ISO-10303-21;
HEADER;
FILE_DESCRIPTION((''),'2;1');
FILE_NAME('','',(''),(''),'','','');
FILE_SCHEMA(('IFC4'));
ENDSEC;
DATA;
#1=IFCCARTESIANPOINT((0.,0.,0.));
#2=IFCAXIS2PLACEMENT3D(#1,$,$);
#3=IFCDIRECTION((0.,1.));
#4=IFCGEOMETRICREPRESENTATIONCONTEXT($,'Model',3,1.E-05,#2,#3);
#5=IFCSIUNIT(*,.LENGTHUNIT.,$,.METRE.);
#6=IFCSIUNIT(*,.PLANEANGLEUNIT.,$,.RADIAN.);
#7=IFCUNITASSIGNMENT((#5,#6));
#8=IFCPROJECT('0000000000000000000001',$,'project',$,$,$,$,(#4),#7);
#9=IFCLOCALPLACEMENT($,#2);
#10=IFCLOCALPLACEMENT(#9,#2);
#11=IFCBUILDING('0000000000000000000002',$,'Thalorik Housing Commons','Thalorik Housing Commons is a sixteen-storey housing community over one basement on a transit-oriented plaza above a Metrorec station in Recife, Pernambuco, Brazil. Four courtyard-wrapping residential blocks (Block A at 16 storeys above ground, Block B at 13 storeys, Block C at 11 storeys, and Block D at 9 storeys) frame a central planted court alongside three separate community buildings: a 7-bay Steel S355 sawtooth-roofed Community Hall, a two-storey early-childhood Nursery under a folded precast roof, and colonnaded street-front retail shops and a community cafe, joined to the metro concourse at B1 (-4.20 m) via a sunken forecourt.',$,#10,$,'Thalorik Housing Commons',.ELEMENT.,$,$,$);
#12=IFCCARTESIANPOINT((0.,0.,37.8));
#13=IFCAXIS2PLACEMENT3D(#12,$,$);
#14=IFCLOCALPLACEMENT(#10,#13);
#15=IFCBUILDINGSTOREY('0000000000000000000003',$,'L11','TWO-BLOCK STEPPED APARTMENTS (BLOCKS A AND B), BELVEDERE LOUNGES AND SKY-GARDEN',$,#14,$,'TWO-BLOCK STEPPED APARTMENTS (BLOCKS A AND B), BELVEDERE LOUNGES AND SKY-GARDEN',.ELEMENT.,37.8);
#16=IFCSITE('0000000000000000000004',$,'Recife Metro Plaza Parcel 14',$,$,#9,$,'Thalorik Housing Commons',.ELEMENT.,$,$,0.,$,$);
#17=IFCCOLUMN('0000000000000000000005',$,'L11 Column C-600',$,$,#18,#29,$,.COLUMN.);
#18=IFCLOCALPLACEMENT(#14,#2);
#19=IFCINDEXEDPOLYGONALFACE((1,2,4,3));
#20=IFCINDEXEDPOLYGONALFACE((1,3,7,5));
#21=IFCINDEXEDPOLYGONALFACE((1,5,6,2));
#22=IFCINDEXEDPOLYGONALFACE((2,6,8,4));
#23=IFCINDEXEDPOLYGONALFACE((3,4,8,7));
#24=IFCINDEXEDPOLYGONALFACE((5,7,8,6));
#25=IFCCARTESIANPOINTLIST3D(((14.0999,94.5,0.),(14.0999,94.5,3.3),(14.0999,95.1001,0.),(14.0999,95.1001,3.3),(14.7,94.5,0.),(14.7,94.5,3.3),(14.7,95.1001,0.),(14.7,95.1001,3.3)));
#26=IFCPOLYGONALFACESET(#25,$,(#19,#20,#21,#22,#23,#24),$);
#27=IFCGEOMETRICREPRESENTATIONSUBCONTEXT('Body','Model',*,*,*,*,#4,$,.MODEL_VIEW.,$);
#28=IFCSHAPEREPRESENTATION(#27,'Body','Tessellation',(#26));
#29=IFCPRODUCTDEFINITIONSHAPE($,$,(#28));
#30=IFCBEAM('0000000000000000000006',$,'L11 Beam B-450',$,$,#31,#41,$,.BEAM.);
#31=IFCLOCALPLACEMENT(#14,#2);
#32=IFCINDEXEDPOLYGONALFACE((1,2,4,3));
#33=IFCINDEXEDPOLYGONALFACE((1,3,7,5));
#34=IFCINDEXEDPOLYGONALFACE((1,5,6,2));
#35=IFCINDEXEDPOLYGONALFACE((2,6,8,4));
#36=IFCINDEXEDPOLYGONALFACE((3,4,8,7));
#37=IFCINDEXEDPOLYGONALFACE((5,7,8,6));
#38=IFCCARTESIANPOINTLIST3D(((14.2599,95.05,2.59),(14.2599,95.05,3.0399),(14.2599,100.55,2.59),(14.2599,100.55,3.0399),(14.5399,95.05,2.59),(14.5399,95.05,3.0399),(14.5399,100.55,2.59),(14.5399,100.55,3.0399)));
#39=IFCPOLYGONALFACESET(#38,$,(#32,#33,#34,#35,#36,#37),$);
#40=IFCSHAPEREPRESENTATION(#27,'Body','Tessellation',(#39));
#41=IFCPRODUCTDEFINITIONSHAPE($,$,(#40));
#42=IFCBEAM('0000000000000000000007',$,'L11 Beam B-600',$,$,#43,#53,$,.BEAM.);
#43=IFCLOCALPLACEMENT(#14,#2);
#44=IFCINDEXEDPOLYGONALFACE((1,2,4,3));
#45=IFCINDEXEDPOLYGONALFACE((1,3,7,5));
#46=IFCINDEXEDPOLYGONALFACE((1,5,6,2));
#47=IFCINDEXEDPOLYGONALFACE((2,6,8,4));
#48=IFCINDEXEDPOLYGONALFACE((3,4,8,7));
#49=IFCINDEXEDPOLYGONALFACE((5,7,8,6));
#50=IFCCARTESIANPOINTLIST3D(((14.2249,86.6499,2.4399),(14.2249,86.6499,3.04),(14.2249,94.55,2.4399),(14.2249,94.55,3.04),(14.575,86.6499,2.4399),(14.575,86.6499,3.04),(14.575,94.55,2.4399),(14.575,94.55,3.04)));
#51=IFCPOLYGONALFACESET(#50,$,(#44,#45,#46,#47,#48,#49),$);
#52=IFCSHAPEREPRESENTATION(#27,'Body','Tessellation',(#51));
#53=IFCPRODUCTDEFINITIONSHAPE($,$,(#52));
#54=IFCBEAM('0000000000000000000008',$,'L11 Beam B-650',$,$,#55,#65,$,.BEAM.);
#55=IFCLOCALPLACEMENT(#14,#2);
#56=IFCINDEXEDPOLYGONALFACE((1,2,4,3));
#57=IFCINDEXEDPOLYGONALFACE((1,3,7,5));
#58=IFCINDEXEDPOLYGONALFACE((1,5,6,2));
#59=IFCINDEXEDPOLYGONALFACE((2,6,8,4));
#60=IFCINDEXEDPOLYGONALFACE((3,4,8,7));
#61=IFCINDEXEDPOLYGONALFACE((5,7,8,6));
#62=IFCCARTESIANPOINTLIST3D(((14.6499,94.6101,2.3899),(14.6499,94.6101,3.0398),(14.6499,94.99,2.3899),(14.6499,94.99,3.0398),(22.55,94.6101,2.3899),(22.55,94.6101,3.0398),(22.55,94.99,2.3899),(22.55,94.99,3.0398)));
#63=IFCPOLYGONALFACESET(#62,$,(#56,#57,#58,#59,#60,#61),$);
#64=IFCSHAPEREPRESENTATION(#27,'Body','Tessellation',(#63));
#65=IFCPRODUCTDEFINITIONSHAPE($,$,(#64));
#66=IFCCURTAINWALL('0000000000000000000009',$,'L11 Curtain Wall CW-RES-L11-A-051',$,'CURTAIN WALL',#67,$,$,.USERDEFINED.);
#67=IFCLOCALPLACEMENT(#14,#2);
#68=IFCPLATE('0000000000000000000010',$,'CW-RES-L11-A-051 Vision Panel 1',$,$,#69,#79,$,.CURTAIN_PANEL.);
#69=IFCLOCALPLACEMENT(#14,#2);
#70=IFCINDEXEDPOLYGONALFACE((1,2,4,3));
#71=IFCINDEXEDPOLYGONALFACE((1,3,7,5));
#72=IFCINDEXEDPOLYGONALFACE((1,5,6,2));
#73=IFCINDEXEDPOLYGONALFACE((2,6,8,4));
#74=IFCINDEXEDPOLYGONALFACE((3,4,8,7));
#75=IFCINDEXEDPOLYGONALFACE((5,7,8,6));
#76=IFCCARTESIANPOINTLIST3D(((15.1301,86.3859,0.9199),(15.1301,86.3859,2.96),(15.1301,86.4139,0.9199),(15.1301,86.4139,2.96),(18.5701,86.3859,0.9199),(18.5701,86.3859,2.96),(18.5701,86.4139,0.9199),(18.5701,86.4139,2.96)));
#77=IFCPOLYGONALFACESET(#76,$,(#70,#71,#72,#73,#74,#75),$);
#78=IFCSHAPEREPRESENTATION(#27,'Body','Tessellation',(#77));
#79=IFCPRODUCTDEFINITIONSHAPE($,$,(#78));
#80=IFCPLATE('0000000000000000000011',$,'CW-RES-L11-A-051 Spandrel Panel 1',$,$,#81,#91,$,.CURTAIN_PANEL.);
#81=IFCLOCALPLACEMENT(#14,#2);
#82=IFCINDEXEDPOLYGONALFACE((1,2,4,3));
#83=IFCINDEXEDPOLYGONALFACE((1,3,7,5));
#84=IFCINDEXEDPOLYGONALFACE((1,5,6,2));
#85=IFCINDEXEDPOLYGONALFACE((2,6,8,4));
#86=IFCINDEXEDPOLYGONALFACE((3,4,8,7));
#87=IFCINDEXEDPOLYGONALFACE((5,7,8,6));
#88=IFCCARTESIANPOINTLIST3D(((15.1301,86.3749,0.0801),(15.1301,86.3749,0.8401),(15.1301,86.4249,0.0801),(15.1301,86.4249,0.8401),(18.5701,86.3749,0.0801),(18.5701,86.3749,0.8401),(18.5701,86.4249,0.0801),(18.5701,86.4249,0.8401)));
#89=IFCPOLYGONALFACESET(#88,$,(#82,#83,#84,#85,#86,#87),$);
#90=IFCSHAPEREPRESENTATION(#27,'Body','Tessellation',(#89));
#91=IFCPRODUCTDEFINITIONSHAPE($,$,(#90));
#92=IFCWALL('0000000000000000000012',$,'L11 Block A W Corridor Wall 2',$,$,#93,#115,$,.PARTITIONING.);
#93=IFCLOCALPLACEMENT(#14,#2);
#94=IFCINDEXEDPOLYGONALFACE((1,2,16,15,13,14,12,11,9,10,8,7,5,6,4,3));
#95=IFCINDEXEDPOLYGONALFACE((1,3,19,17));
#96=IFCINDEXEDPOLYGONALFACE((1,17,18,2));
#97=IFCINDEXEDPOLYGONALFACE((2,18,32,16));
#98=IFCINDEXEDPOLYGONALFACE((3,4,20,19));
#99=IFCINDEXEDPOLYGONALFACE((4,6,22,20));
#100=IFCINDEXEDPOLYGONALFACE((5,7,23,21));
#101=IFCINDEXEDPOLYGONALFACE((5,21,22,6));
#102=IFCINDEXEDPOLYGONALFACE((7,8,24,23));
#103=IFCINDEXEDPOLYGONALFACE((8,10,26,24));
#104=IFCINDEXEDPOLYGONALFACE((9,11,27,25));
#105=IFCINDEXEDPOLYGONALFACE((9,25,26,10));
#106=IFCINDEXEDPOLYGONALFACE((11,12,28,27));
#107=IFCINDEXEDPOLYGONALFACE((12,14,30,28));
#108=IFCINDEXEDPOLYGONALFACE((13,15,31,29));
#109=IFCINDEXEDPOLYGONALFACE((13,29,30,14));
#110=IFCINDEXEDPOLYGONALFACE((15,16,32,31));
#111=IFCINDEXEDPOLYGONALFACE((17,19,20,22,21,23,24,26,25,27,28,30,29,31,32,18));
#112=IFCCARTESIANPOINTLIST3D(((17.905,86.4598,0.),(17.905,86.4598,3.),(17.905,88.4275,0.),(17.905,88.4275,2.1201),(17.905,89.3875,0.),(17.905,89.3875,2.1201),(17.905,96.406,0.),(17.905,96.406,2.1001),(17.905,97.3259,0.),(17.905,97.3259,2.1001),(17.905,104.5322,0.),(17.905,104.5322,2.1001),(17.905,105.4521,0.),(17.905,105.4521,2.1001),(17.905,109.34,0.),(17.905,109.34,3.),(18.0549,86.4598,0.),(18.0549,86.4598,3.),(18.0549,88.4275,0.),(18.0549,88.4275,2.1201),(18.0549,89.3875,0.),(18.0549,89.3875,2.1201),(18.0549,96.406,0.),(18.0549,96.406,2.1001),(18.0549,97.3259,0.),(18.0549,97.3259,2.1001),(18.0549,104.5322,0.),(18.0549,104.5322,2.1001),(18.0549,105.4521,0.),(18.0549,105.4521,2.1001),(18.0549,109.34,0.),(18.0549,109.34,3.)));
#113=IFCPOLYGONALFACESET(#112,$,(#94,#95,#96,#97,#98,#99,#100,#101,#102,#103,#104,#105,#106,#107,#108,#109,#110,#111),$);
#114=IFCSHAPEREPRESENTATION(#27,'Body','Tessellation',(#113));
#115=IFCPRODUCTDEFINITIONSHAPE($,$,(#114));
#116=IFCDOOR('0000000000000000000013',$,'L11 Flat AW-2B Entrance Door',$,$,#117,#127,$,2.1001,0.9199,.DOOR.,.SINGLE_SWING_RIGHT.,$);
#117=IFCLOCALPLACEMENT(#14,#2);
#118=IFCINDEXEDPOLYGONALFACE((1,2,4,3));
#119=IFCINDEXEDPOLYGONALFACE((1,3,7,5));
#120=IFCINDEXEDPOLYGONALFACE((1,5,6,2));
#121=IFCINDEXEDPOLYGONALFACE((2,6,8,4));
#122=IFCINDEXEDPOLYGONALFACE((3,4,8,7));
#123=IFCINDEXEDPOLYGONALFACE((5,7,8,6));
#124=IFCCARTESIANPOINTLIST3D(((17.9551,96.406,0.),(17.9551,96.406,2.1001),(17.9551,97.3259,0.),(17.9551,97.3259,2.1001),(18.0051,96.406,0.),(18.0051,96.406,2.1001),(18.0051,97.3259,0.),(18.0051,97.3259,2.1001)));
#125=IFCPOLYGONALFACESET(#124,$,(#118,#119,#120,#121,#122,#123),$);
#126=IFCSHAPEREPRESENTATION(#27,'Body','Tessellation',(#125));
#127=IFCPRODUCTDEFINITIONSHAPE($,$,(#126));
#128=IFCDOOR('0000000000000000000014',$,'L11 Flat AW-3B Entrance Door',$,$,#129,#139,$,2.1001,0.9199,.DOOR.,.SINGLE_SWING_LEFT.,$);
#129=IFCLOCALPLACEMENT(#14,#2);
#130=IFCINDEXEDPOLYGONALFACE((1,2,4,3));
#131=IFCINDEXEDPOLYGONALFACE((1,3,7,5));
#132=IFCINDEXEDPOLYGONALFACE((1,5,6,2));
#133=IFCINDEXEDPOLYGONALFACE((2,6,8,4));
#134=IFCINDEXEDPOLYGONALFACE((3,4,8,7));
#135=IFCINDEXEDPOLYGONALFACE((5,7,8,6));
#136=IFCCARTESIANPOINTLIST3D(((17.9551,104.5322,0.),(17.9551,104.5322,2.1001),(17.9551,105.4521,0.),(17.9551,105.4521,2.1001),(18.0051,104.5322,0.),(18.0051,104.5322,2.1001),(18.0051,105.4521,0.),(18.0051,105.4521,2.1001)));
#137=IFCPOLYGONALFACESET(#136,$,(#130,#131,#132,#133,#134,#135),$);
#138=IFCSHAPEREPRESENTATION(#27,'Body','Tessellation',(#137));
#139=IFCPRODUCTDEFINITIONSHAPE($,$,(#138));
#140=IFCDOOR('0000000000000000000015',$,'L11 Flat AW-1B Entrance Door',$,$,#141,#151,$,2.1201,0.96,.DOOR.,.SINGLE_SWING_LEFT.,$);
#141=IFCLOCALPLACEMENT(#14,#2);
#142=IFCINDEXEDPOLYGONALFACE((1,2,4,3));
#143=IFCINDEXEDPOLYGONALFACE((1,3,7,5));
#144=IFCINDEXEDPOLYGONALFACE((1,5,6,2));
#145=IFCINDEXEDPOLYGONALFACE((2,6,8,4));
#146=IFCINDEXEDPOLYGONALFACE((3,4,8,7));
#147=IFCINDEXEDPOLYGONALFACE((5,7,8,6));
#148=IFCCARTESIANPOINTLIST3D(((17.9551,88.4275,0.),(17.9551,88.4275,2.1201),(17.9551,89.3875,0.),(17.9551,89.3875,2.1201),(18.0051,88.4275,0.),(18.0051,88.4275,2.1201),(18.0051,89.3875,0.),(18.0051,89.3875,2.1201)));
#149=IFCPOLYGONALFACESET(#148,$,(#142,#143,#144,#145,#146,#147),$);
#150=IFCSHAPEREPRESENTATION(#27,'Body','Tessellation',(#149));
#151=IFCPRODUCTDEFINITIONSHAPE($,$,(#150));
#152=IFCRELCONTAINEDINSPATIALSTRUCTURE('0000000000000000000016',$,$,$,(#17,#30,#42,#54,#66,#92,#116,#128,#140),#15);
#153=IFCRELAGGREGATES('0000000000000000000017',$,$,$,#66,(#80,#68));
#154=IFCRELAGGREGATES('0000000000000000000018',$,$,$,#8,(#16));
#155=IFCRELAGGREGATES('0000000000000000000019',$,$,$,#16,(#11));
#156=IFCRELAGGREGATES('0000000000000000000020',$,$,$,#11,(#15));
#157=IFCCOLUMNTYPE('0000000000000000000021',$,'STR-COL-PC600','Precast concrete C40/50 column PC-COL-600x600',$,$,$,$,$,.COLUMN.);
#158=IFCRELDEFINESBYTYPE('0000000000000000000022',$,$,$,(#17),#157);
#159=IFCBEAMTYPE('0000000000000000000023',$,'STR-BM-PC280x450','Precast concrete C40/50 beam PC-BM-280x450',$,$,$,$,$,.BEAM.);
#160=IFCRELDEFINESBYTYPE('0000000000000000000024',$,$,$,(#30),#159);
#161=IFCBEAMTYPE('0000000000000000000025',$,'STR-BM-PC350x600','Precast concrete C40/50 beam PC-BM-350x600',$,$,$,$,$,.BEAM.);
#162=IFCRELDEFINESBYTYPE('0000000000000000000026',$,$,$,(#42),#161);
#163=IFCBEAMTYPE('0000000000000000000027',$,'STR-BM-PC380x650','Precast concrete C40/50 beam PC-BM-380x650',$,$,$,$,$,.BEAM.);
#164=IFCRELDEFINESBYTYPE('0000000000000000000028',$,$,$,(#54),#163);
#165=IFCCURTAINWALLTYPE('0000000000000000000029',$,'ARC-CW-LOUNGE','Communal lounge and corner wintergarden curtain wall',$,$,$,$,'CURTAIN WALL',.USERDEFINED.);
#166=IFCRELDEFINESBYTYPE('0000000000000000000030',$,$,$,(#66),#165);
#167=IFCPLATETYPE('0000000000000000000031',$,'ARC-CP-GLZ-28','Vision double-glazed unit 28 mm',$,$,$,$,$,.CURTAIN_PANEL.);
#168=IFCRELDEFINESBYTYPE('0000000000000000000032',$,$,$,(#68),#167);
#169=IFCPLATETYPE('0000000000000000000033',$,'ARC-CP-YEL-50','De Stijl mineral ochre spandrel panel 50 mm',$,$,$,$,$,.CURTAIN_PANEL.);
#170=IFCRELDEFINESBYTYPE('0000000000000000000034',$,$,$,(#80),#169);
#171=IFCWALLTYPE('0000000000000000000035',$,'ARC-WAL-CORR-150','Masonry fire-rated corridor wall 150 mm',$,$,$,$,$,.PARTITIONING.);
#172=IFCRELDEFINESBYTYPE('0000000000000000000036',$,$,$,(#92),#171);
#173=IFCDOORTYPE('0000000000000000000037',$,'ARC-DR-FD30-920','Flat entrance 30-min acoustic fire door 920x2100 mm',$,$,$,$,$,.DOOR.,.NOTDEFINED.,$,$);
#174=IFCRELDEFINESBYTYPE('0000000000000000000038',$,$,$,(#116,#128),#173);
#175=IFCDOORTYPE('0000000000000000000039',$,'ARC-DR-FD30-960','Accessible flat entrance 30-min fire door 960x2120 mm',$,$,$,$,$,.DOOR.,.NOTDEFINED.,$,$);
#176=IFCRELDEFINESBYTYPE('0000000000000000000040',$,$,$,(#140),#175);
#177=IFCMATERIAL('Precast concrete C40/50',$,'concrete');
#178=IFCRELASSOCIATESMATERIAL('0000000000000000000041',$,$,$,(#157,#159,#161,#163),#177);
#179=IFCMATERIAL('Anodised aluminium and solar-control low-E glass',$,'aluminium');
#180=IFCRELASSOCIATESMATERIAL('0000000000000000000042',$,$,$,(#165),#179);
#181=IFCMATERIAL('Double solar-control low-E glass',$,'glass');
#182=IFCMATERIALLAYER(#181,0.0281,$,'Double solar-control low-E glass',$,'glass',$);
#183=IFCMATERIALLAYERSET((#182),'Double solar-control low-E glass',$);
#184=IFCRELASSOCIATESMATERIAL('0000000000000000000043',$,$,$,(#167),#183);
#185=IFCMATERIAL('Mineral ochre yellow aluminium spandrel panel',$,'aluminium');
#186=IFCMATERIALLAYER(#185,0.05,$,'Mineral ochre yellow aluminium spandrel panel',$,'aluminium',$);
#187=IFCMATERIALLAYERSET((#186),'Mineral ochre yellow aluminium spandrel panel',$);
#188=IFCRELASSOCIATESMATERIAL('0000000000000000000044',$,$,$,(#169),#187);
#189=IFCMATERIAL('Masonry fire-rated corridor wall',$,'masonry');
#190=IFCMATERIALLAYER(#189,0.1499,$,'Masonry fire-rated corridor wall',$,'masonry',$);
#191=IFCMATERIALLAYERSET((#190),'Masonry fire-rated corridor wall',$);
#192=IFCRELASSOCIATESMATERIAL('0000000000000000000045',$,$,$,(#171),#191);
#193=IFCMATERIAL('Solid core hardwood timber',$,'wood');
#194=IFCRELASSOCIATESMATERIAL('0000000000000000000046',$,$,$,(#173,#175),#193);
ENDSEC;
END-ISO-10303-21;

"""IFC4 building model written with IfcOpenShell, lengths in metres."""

from ifc_helpers import new_model, si_unit, direction, frame, frame_2d, origin, origin_2d, place, context, subcontext, project, spatial, rectangle, extrude, material, layer, layer_set, material_profile, profile_set, type_object, element, fill, aggregate, save


model = new_model("IFC4")

# Units and contexts
model_context = context("Model", 3, precision=1e-05, world=origin(), true_north=direction((0.0, 1.0)))
body_context = subcontext(model_context, "Body", "Model", "MODEL_VIEW")
ifc_project = project(units=[si_unit("LENGTHUNIT", "METRE"), si_unit("PLANEANGLEUNIT", "RADIAN")], contexts=[model_context])

# Site, building, storey
site_placement = place(None, origin())
site = spatial("IfcSite", under=ifc_project, at=site_placement, Name="Recife Metro Plaza Parcel 14", LongName="Thalorik Housing Commons", CompositionType="ELEMENT", RefElevation=0.0)
building_placement = place(site_placement, origin())
building = spatial("IfcBuilding", under=site, at=building_placement, Name="Thalorik Housing Commons", Description="Thalorik Housing Commons is a sixteen-storey housing community over one basement on a transit-oriented plaza above a Metrorec station in Recife, Pernambuco, Brazil. Four courtyard-wrapping residential blocks (Block A at 16 storeys above ground, Block B at 13 storeys, Block C at 11 storeys, and Block D at 9 storeys) frame a central planted court alongside three separate community buildings: a 7-bay Steel S355 sawtooth-roofed Community Hall, a two-storey early-childhood Nursery under a folded precast roof, and colonnaded street-front retail shops and a community cafe, joined to the metro concourse at B1 (-4.20 m) via a sunken forecourt.", LongName="Thalorik Housing Commons", CompositionType="ELEMENT")
storey_placement = place(building_placement, frame((0.0, 0.0, 37.8)))
storey = spatial("IfcBuildingStorey", under=building, at=storey_placement, Name="L11", Description="TWO-BLOCK STEPPED APARTMENTS (BLOCKS A AND B), BELVEDERE LOUNGES AND SKY-GARDEN", LongName="TWO-BLOCK STEPPED APARTMENTS (BLOCKS A AND B), BELVEDERE LOUNGES AND SKY-GARDEN", CompositionType="ELEMENT", Elevation=37.8)

# Column
ifc_material_1 = material(Name="Precast concrete C40/50", Category="concrete")
ifc_material_profile_1 = material_profile(ifc_material_1, rectangle(XDim=0.6001, YDim=0.6001, at=origin_2d()), Name="PC 600x600", Category="concrete")
ifc_profile_set_1 = profile_set([ifc_material_profile_1], Name="Precast concrete C40/50")
column_type = type_object("IfcColumnType", Name="STR-COL-PC600", Description="Precast concrete C40/50 column PC-COL-600x600", PredefinedType="COLUMN", material=ifc_profile_set_1)
column_placement = place(storey_placement, frame((14.3999, 94.8, 0.0), z_axis=(0.0, 0.0, 1.0), x_axis=(1.0, 0.0, 0.0)))
element("IfcColumn", 1, at=column_placement, inside=storey, type_object=column_type, Name="L11 Column C-600", PredefinedType="COLUMN", context=body_context, shape_type="SweptSolid", body=[
    extrude(rectangle(XDim=0.6001, YDim=0.6001, at=origin_2d()), origin(), (0.0, 0.0, 1.0), 3.3),
])

# Beams
ifc_material_profile_2 = material_profile(ifc_material_1, rectangle(XDim=0.28, YDim=0.45, at=origin_2d()), Name="PC 280x450", Category="concrete")
ifc_profile_set_2 = profile_set([ifc_material_profile_2], Name="Precast concrete C40/50")
beam_type_1 = type_object("IfcBeamType", Name="STR-BM-PC280x450", Description="Precast concrete C40/50 beam PC-BM-280x450", PredefinedType="BEAM", material=ifc_profile_set_2)
beam_1_placement = place(storey_placement, frame((14.3999, 95.05, 2.8149), z_axis=(0.0, 1.0, 0.0), x_axis=(-1.0, 0.0, 0.0)))
element("IfcBeam", 2, at=beam_1_placement, inside=storey, type_object=beam_type_1, Name="L11 Beam B-450", PredefinedType="BEAM", context=body_context, shape_type="SweptSolid", body=[
    extrude(rectangle(XDim=0.28, YDim=0.45, at=origin_2d()), origin(), (0.0, 0.0, 1.0), 5.5),
])
ifc_material_profile_3 = material_profile(ifc_material_1, rectangle(XDim=0.3501, YDim=0.6001, at=origin_2d()), Name="PC 350x600", Category="concrete")
ifc_profile_set_3 = profile_set([ifc_material_profile_3], Name="Precast concrete C40/50")
beam_type_2 = type_object("IfcBeamType", Name="STR-BM-PC350x600", Description="Precast concrete C40/50 beam PC-BM-350x600", PredefinedType="BEAM", material=ifc_profile_set_3)
beam_2_placement = place(storey_placement, frame((14.3999, 86.6499, 2.74), z_axis=(0.0, 1.0, 0.0), x_axis=(-1.0, 0.0, 0.0)))
element("IfcBeam", 3, at=beam_2_placement, inside=storey, type_object=beam_type_2, Name="L11 Beam B-600", PredefinedType="BEAM", context=body_context, shape_type="SweptSolid", body=[
    extrude(rectangle(XDim=0.3501, YDim=0.6001, at=origin_2d()), origin(), (0.0, 0.0, 1.0), 7.9001),
])
ifc_material_profile_4 = material_profile(ifc_material_1, rectangle(XDim=0.3799, YDim=0.6499, at=origin_2d()), Name="PC 380x650", Category="concrete")
ifc_profile_set_4 = profile_set([ifc_material_profile_4], Name="Precast concrete C40/50")
beam_type_3 = type_object("IfcBeamType", Name="STR-BM-PC380x650", Description="Precast concrete C40/50 beam PC-BM-380x650", PredefinedType="BEAM", material=ifc_profile_set_4)
beam_3_placement = place(storey_placement, frame((14.6499, 94.8, 2.7148), z_axis=(1.0, 0.0, 0.0), x_axis=(0.0, 1.0, 0.0)))
element("IfcBeam", 4, at=beam_3_placement, inside=storey, type_object=beam_type_3, Name="L11 Beam B-650", PredefinedType="BEAM", context=body_context, shape_type="SweptSolid", body=[
    extrude(rectangle(XDim=0.3799, YDim=0.6499, at=origin_2d()), origin(), (0.0, 0.0, 1.0), 7.9001),
])

# Curtain wall, plates
ifc_material_2 = material(Name="Anodised aluminium and solar-control low-E glass", Category="aluminium")
curtain_wall_type = type_object("IfcCurtainWallType", Name="ARC-CW-LOUNGE", Description="Communal lounge and corner wintergarden curtain wall", ElementType="CURTAIN WALL", PredefinedType="USERDEFINED", material=ifc_material_2)
curtain_wall_placement = place(storey_placement, origin())
curtain_wall = element("IfcCurtainWall", 5, at=curtain_wall_placement, inside=storey, type_object=curtain_wall_type, Name="L11 Curtain Wall CW-RES-L11-A-051", ObjectType="CURTAIN WALL", PredefinedType="USERDEFINED")
ifc_material_3 = material(Name="Double solar-control low-E glass", Category="glass")
ifc_layer_1 = layer(ifc_material_3, 0.0281, Name="Double solar-control low-E glass", Category="glass")
ifc_layer_set_1 = layer_set([ifc_layer_1], Name="Double solar-control low-E glass")
plate_type_1 = type_object("IfcPlateType", Name="ARC-CP-GLZ-28", Description="Vision double-glazed unit 28 mm", PredefinedType="CURTAIN_PANEL", material=ifc_layer_set_1)
plate_1_placement = place(storey_placement, frame((16.8501, 86.3999, 0.9199), z_axis=(0.0, 0.0, 1.0), x_axis=(1.0, 0.0, 0.0)))
plate_1 = element("IfcPlate", 6, at=plate_1_placement, type_object=plate_type_1, Name="CW-RES-L11-A-051 Vision Panel 1", PredefinedType="CURTAIN_PANEL", context=body_context, shape_type="SweptSolid", body=[
    extrude(rectangle(XDim=3.4399, YDim=0.0281, at=origin_2d()), origin(), (0.0, 0.0, 1.0), 2.04),
])
ifc_material_4 = material(Name="Mineral ochre yellow aluminium spandrel panel", Category="aluminium")
ifc_layer_2 = layer(ifc_material_4, 0.05, Name="Mineral ochre yellow aluminium spandrel panel", Category="aluminium")
ifc_layer_set_2 = layer_set([ifc_layer_2], Name="Mineral ochre yellow aluminium spandrel panel")
plate_type_2 = type_object("IfcPlateType", Name="ARC-CP-YEL-50", Description="De Stijl mineral ochre spandrel panel 50 mm", PredefinedType="CURTAIN_PANEL", material=ifc_layer_set_2)
plate_2_placement = place(storey_placement, frame((16.8501, 86.3999, 0.0801), z_axis=(0.0, 0.0, 1.0), x_axis=(1.0, 0.0, 0.0)))
plate_2 = element("IfcPlate", 7, at=plate_2_placement, type_object=plate_type_2, Name="CW-RES-L11-A-051 Spandrel Panel 1", PredefinedType="CURTAIN_PANEL", context=body_context, shape_type="SweptSolid", body=[
    extrude(rectangle(XDim=3.4399, YDim=0.05, at=origin_2d()), origin(), (0.0, 0.0, 1.0), 0.76),
])
aggregate(curtain_wall, [plate_2, plate_1])

# Wall, openings, doors
ifc_material_5 = material(Name="Masonry fire-rated corridor wall", Category="masonry")
ifc_layer_3 = layer(ifc_material_5, 0.1499, Name="Masonry fire-rated corridor wall", Category="masonry")
ifc_layer_set_3 = layer_set([ifc_layer_3], Name="Masonry fire-rated corridor wall")
wall_type_1 = type_object("IfcWallType", Name="ARC-WAL-CORR-150", Description="Masonry fire-rated corridor wall 150 mm", PredefinedType="PARTITIONING", material=ifc_layer_set_3)
wall_1_placement = place(storey_placement, frame((17.98, 86.46, 0.0), z_axis=(0.0, 0.0, 1.0), x_axis=(0.0, 1.0, 0.0)))
wall_1 = element("IfcWall", 8, at=wall_1_placement, inside=storey, type_object=wall_type_1, Name="L11 Block A W Corridor Wall 2", PredefinedType="PARTITIONING", context=body_context, shape_type="SweptSolid", body=[
    extrude(rectangle(XDim=22.8801, YDim=0.1499, at=frame_2d((11.4399, 0.0))), origin(), (0.0, 0.0, 1.0), 3.0),
])
opening_1_placement = place(wall_1_placement, frame((1.9675, 0.0, 0.0)))
opening_1 = element("IfcOpeningElement", 9, at=opening_1_placement, cuts=wall_1, PredefinedType="OPENING", context=body_context, shape_type="SweptSolid", body=[
    extrude(rectangle(XDim=0.96, YDim=2.1201, at=frame_2d((0.48, 1.0601))), frame((0.0, 0.085, 0.0), z_axis=(0.0, -1.0, 0.0), x_axis=(1.0, 0.0, 0.0)), (0.0, 0.0, 1.0), 0.1699),
])
opening_2_placement = place(wall_1_placement, frame((9.946, 0.0, 0.0)))
opening_2 = element("IfcOpeningElement", 10, at=opening_2_placement, cuts=wall_1, PredefinedType="OPENING", context=body_context, shape_type="SweptSolid", body=[
    extrude(rectangle(XDim=0.9199, YDim=2.1001, at=frame_2d((0.46, 1.05))), frame((0.0, 0.085, 0.0), z_axis=(0.0, -1.0, 0.0), x_axis=(1.0, 0.0, 0.0)), (0.0, 0.0, 1.0), 0.1699),
])
opening_3_placement = place(wall_1_placement, frame((18.0723, 0.0, 0.0)))
opening_3 = element("IfcOpeningElement", 11, at=opening_3_placement, cuts=wall_1, PredefinedType="OPENING", context=body_context, shape_type="SweptSolid", body=[
    extrude(rectangle(XDim=0.9199, YDim=2.1001, at=frame_2d((0.46, 1.05))), frame((0.0, 0.085, 0.0), z_axis=(0.0, -1.0, 0.0), x_axis=(1.0, 0.0, 0.0)), (0.0, 0.0, 1.0), 0.1699),
])
ifc_material_6 = material(Name="Solid core hardwood timber", Category="wood")
door_type_1 = type_object("IfcDoorType", Name="ARC-DR-FD30-920", Description="Flat entrance 30-min acoustic fire door 920x2100 mm", OperationType="NOTDEFINED", PredefinedType="DOOR", material=ifc_material_6)
door_1_placement = place(opening_2_placement, origin())
door_1 = element("IfcDoor", 12, at=door_1_placement, inside=storey, type_object=door_type_1, Name="L11 Flat AW-2B Entrance Door", OperationType="SINGLE_SWING_RIGHT", OverallHeight=2.1001, OverallWidth=0.9199, PredefinedType="DOOR", context=body_context, shape_type="SweptSolid", body=[
    extrude(rectangle(XDim=0.9199, YDim=2.1001, at=frame_2d((0.46, 1.05))), frame((0.0, 0.0249, 0.0), z_axis=(0.0, -1.0, 0.0), x_axis=(1.0, 0.0, 0.0)), (0.0, 0.0, 1.0), 0.05),
])
fill(opening_2, door_1)
door_2_placement = place(opening_3_placement, origin())
door_2 = element("IfcDoor", 13, at=door_2_placement, inside=storey, type_object=door_type_1, Name="L11 Flat AW-3B Entrance Door", OperationType="SINGLE_SWING_LEFT", OverallHeight=2.1001, OverallWidth=0.9199, PredefinedType="DOOR", context=body_context, shape_type="SweptSolid", body=[
    extrude(rectangle(XDim=0.9199, YDim=2.1001, at=frame_2d((0.46, 1.05))), frame((0.0, 0.0249, 0.0), z_axis=(0.0, -1.0, 0.0), x_axis=(1.0, 0.0, 0.0)), (0.0, 0.0, 1.0), 0.05),
])
fill(opening_3, door_2)
door_type_2 = type_object("IfcDoorType", Name="ARC-DR-FD30-960", Description="Accessible flat entrance 30-min fire door 960x2120 mm", OperationType="NOTDEFINED", PredefinedType="DOOR", material=ifc_material_6)
door_3_placement = place(opening_1_placement, origin())
door_3 = element("IfcDoor", 14, at=door_3_placement, inside=storey, type_object=door_type_2, Name="L11 Flat AW-1B Entrance Door", OperationType="SINGLE_SWING_LEFT", OverallHeight=2.1201, OverallWidth=0.96, PredefinedType="DOOR", context=body_context, shape_type="SweptSolid", body=[
    extrude(rectangle(XDim=0.96, YDim=2.1201, at=frame_2d((0.48, 1.0601))), frame((0.0, 0.0249, 0.0), z_axis=(0.0, -1.0, 0.0), x_axis=(1.0, 0.0, 0.0)), (0.0, 0.0, 1.0), 0.05),
])
fill(opening_1, door_3)

save(model, "model.ifc")
